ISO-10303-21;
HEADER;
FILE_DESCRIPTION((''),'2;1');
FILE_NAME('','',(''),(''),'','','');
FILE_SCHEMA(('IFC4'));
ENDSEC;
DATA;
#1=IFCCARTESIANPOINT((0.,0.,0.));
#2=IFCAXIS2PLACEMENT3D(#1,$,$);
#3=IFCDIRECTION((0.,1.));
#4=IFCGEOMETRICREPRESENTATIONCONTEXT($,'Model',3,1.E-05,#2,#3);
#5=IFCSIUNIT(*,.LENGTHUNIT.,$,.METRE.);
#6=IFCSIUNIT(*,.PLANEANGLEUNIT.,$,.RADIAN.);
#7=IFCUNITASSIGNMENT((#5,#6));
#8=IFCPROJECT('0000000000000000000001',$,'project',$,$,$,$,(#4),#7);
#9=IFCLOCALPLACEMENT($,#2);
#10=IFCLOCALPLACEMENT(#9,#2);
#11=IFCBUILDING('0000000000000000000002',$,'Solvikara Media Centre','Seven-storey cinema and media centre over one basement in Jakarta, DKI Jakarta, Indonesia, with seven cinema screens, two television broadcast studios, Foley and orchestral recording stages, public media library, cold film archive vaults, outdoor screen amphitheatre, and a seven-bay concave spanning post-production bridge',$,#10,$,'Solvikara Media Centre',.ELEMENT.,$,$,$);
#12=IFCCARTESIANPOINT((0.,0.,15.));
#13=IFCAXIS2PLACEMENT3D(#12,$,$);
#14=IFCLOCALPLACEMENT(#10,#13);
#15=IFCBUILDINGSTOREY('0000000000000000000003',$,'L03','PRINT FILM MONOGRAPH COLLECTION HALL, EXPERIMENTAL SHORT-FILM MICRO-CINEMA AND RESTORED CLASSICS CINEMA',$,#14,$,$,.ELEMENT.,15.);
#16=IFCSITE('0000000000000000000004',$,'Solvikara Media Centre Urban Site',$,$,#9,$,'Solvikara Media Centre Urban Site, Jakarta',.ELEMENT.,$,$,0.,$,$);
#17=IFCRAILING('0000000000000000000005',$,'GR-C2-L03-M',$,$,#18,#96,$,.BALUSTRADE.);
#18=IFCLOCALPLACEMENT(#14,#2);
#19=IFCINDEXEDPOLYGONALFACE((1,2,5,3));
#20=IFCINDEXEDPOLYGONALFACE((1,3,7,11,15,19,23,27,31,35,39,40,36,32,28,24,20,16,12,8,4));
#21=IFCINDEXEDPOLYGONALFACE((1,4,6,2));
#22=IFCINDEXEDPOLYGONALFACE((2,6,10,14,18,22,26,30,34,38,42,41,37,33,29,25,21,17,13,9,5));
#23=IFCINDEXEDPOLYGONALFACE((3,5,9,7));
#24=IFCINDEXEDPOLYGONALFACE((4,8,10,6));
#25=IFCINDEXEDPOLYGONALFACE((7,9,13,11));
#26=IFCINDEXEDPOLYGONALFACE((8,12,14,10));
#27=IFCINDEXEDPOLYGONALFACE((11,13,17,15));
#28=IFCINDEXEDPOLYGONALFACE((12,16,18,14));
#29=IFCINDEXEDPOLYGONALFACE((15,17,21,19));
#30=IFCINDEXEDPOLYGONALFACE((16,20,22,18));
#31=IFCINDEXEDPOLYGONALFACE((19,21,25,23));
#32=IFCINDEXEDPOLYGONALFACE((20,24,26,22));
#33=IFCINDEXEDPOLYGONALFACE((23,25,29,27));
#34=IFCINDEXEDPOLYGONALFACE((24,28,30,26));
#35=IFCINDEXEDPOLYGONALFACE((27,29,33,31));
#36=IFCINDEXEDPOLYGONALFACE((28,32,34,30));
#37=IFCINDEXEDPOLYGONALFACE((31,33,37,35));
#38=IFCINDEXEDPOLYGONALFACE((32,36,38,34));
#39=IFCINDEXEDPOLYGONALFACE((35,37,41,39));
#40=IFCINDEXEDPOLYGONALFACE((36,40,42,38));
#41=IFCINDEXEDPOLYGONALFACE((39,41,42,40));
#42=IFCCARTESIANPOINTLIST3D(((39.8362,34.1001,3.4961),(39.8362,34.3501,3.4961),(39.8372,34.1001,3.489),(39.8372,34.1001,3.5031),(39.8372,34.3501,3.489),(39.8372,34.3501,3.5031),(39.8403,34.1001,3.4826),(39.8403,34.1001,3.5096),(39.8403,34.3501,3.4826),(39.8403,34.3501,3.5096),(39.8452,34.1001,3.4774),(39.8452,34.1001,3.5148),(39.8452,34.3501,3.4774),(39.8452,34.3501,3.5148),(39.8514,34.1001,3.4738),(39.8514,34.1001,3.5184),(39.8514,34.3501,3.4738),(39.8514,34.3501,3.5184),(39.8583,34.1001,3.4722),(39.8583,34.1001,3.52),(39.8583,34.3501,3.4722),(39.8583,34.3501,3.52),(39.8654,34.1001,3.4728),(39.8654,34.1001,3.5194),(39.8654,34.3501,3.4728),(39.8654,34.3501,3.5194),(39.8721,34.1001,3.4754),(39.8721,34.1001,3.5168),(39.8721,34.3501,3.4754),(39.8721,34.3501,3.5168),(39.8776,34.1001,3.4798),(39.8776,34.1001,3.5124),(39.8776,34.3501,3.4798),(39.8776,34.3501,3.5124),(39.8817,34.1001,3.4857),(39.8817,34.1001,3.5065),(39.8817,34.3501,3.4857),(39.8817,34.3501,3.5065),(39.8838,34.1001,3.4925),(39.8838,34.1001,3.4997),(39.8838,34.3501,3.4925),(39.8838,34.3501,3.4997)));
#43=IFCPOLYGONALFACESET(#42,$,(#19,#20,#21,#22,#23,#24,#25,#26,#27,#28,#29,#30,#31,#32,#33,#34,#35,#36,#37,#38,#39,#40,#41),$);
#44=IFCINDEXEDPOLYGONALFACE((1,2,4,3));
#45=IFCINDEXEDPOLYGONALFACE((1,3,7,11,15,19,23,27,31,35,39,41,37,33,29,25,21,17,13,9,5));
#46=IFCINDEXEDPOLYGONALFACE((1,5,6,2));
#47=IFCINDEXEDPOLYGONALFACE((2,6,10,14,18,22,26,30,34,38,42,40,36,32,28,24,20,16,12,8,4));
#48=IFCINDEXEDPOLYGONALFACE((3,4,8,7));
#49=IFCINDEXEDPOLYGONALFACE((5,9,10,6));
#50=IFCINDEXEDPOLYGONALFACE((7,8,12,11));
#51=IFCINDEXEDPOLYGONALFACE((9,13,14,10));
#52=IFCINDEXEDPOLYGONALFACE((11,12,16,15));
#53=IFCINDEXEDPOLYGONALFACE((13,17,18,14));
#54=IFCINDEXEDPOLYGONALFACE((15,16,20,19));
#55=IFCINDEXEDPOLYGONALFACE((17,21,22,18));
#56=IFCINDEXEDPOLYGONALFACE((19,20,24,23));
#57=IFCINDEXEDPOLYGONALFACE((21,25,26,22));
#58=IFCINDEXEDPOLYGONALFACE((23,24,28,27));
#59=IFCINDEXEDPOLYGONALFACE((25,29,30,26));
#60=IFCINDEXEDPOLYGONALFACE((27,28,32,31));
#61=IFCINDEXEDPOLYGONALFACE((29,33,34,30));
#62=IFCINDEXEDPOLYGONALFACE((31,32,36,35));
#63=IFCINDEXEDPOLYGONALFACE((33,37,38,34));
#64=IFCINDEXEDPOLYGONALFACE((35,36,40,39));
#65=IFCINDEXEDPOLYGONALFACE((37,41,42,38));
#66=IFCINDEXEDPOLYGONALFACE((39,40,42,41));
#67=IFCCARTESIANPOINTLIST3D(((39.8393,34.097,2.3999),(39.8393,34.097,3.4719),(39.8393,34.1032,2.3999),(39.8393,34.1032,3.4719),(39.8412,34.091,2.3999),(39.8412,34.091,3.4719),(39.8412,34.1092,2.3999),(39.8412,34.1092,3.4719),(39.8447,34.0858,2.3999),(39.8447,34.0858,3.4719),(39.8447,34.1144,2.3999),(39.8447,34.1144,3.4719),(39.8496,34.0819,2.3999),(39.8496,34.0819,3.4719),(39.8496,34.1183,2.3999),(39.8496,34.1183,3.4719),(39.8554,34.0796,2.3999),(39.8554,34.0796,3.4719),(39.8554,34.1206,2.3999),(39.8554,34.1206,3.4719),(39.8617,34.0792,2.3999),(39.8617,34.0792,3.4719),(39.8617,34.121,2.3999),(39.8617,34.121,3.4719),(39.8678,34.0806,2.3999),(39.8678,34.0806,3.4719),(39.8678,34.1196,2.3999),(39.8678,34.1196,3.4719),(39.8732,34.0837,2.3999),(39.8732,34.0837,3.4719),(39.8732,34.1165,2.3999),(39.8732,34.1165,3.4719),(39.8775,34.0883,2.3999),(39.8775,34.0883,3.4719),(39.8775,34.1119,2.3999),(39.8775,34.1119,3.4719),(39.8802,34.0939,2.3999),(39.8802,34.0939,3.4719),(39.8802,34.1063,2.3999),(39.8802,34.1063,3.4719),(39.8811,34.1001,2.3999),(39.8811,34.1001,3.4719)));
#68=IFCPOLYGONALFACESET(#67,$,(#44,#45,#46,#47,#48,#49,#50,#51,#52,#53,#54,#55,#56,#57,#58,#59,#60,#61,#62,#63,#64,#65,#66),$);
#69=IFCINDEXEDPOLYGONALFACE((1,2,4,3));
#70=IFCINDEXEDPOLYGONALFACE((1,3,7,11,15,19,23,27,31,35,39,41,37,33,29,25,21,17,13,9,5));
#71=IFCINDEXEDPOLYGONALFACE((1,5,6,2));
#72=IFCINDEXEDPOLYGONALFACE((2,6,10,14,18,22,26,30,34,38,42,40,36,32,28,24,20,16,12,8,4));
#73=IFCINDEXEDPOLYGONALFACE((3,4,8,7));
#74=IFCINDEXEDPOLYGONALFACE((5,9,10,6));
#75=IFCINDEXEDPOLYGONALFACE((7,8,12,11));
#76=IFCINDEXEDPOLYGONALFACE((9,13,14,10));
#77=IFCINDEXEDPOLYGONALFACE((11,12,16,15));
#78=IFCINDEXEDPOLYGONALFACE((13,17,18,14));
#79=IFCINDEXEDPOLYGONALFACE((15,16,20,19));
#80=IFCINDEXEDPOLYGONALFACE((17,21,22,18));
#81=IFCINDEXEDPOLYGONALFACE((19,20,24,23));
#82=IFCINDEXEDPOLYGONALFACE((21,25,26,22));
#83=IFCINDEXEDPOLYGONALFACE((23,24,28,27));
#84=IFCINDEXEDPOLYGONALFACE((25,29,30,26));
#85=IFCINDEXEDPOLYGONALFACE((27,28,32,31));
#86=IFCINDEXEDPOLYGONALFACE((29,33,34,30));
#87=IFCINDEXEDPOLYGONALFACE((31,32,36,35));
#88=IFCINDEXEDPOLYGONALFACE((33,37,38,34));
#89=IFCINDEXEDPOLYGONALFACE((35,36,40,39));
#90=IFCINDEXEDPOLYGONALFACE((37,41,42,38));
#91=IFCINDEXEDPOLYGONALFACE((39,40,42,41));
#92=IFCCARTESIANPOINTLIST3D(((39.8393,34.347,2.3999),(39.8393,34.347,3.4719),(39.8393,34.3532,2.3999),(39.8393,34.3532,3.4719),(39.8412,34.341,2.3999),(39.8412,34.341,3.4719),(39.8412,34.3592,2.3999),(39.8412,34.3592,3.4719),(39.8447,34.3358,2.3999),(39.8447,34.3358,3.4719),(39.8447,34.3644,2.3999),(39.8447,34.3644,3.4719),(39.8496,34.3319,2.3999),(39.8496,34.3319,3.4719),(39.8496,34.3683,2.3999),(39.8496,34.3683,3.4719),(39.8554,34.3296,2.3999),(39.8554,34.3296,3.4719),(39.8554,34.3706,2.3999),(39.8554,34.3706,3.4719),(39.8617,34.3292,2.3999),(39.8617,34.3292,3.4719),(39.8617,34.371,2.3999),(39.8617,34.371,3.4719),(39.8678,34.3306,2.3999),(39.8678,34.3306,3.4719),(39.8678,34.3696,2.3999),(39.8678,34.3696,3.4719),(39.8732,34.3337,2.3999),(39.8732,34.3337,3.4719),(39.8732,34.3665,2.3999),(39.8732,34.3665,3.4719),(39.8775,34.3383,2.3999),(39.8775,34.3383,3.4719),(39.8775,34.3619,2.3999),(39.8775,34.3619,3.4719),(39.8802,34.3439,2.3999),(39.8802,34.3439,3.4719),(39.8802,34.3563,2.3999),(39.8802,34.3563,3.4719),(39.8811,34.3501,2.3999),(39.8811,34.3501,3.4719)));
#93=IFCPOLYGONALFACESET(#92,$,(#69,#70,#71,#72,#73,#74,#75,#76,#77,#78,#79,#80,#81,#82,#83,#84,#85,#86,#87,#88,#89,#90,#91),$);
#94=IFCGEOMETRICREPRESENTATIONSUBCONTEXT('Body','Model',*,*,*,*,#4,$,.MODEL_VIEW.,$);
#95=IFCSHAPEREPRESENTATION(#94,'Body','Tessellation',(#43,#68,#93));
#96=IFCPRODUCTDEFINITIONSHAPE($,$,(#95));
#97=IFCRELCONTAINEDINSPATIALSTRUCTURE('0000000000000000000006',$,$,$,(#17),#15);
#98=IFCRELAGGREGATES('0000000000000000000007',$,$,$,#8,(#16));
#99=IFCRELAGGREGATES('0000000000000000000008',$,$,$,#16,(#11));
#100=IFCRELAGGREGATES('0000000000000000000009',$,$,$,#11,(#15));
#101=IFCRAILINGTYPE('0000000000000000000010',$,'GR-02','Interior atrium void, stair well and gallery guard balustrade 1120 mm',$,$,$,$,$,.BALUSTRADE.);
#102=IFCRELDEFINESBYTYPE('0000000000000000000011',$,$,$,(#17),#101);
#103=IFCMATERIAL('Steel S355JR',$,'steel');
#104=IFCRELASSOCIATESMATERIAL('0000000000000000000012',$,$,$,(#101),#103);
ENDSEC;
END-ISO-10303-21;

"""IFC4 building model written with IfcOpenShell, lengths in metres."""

from ifc_helpers import new_model, si_unit, direction, frame, origin, origin_2d, place, context, subcontext, project, spatial, circle, extrude, material, type_object, element, save


model = new_model("IFC4")

# Units and contexts
model_context = context("Model", 3, precision=1e-05, world=origin(), true_north=direction((0.0, 1.0)))
body_context = subcontext(model_context, "Body", "Model", "MODEL_VIEW")
ifc_project = project(units=[si_unit("LENGTHUNIT", "METRE"), si_unit("PLANEANGLEUNIT", "RADIAN")], contexts=[model_context])

# Site, building, storey
site_placement = place(None, origin())
site = spatial("IfcSite", under=ifc_project, at=site_placement, Name="Solvikara Media Centre Urban Site", LongName="Solvikara Media Centre Urban Site, Jakarta", CompositionType="ELEMENT", RefElevation=0.0)
building_placement = place(site_placement, origin())
building = spatial("IfcBuilding", under=site, at=building_placement, Name="Solvikara Media Centre", Description="Seven-storey cinema and media centre over one basement in Jakarta, DKI Jakarta, Indonesia, with seven cinema screens, two television broadcast studios, Foley and orchestral recording stages, public media library, cold film archive vaults, outdoor screen amphitheatre, and a seven-bay concave spanning post-production bridge", LongName="Solvikara Media Centre", CompositionType="ELEMENT")
storey_placement = place(building_placement, frame((0.0, 0.0, 15.0)))
storey = spatial("IfcBuildingStorey", under=building, at=storey_placement, Name="L03", Description="PRINT FILM MONOGRAPH COLLECTION HALL, EXPERIMENTAL SHORT-FILM MICRO-CINEMA AND RESTORED CLASSICS CINEMA", CompositionType="ELEMENT", Elevation=15.0)

# Shared definitions
ifc_material_1 = material(Name="Steel S355JR", Category="steel")

# Railing
railing_type_1 = type_object("IfcRailingType", Name="GR-02", Description="Interior atrium void, stair well and gallery guard balustrade 1120 mm", PredefinedType="BALUSTRADE", material=ifc_material_1)
railing_1_placement = place(storey_placement, frame((39.8601, 34.1001, 2.3999)))
element("IfcRailing", 1, at=railing_1_placement, inside=storey, type_object=railing_type_1, Name="GR-C2-L03-M", PredefinedType="BALUSTRADE", context=body_context, shape_type="SweptSolid", body=[
    extrude(circle(Radius=0.0239, at=origin_2d()), frame((0.0, 0.0, 1.0962), z_axis=(0.0, 1.0, 0.0), x_axis=(-1.0, 0.0, 0.0)), (0.0, 0.0, 1.0), 0.25),
    extrude(circle(Radius=0.021, at=origin_2d()), origin(), (0.0, 0.0, 1.0), 1.072),
    extrude(circle(Radius=0.021, at=origin_2d()), frame((0.0, 0.25, 0.0)), (0.0, 0.0, 1.0), 1.072),
])

save(model, "model.ifc")
